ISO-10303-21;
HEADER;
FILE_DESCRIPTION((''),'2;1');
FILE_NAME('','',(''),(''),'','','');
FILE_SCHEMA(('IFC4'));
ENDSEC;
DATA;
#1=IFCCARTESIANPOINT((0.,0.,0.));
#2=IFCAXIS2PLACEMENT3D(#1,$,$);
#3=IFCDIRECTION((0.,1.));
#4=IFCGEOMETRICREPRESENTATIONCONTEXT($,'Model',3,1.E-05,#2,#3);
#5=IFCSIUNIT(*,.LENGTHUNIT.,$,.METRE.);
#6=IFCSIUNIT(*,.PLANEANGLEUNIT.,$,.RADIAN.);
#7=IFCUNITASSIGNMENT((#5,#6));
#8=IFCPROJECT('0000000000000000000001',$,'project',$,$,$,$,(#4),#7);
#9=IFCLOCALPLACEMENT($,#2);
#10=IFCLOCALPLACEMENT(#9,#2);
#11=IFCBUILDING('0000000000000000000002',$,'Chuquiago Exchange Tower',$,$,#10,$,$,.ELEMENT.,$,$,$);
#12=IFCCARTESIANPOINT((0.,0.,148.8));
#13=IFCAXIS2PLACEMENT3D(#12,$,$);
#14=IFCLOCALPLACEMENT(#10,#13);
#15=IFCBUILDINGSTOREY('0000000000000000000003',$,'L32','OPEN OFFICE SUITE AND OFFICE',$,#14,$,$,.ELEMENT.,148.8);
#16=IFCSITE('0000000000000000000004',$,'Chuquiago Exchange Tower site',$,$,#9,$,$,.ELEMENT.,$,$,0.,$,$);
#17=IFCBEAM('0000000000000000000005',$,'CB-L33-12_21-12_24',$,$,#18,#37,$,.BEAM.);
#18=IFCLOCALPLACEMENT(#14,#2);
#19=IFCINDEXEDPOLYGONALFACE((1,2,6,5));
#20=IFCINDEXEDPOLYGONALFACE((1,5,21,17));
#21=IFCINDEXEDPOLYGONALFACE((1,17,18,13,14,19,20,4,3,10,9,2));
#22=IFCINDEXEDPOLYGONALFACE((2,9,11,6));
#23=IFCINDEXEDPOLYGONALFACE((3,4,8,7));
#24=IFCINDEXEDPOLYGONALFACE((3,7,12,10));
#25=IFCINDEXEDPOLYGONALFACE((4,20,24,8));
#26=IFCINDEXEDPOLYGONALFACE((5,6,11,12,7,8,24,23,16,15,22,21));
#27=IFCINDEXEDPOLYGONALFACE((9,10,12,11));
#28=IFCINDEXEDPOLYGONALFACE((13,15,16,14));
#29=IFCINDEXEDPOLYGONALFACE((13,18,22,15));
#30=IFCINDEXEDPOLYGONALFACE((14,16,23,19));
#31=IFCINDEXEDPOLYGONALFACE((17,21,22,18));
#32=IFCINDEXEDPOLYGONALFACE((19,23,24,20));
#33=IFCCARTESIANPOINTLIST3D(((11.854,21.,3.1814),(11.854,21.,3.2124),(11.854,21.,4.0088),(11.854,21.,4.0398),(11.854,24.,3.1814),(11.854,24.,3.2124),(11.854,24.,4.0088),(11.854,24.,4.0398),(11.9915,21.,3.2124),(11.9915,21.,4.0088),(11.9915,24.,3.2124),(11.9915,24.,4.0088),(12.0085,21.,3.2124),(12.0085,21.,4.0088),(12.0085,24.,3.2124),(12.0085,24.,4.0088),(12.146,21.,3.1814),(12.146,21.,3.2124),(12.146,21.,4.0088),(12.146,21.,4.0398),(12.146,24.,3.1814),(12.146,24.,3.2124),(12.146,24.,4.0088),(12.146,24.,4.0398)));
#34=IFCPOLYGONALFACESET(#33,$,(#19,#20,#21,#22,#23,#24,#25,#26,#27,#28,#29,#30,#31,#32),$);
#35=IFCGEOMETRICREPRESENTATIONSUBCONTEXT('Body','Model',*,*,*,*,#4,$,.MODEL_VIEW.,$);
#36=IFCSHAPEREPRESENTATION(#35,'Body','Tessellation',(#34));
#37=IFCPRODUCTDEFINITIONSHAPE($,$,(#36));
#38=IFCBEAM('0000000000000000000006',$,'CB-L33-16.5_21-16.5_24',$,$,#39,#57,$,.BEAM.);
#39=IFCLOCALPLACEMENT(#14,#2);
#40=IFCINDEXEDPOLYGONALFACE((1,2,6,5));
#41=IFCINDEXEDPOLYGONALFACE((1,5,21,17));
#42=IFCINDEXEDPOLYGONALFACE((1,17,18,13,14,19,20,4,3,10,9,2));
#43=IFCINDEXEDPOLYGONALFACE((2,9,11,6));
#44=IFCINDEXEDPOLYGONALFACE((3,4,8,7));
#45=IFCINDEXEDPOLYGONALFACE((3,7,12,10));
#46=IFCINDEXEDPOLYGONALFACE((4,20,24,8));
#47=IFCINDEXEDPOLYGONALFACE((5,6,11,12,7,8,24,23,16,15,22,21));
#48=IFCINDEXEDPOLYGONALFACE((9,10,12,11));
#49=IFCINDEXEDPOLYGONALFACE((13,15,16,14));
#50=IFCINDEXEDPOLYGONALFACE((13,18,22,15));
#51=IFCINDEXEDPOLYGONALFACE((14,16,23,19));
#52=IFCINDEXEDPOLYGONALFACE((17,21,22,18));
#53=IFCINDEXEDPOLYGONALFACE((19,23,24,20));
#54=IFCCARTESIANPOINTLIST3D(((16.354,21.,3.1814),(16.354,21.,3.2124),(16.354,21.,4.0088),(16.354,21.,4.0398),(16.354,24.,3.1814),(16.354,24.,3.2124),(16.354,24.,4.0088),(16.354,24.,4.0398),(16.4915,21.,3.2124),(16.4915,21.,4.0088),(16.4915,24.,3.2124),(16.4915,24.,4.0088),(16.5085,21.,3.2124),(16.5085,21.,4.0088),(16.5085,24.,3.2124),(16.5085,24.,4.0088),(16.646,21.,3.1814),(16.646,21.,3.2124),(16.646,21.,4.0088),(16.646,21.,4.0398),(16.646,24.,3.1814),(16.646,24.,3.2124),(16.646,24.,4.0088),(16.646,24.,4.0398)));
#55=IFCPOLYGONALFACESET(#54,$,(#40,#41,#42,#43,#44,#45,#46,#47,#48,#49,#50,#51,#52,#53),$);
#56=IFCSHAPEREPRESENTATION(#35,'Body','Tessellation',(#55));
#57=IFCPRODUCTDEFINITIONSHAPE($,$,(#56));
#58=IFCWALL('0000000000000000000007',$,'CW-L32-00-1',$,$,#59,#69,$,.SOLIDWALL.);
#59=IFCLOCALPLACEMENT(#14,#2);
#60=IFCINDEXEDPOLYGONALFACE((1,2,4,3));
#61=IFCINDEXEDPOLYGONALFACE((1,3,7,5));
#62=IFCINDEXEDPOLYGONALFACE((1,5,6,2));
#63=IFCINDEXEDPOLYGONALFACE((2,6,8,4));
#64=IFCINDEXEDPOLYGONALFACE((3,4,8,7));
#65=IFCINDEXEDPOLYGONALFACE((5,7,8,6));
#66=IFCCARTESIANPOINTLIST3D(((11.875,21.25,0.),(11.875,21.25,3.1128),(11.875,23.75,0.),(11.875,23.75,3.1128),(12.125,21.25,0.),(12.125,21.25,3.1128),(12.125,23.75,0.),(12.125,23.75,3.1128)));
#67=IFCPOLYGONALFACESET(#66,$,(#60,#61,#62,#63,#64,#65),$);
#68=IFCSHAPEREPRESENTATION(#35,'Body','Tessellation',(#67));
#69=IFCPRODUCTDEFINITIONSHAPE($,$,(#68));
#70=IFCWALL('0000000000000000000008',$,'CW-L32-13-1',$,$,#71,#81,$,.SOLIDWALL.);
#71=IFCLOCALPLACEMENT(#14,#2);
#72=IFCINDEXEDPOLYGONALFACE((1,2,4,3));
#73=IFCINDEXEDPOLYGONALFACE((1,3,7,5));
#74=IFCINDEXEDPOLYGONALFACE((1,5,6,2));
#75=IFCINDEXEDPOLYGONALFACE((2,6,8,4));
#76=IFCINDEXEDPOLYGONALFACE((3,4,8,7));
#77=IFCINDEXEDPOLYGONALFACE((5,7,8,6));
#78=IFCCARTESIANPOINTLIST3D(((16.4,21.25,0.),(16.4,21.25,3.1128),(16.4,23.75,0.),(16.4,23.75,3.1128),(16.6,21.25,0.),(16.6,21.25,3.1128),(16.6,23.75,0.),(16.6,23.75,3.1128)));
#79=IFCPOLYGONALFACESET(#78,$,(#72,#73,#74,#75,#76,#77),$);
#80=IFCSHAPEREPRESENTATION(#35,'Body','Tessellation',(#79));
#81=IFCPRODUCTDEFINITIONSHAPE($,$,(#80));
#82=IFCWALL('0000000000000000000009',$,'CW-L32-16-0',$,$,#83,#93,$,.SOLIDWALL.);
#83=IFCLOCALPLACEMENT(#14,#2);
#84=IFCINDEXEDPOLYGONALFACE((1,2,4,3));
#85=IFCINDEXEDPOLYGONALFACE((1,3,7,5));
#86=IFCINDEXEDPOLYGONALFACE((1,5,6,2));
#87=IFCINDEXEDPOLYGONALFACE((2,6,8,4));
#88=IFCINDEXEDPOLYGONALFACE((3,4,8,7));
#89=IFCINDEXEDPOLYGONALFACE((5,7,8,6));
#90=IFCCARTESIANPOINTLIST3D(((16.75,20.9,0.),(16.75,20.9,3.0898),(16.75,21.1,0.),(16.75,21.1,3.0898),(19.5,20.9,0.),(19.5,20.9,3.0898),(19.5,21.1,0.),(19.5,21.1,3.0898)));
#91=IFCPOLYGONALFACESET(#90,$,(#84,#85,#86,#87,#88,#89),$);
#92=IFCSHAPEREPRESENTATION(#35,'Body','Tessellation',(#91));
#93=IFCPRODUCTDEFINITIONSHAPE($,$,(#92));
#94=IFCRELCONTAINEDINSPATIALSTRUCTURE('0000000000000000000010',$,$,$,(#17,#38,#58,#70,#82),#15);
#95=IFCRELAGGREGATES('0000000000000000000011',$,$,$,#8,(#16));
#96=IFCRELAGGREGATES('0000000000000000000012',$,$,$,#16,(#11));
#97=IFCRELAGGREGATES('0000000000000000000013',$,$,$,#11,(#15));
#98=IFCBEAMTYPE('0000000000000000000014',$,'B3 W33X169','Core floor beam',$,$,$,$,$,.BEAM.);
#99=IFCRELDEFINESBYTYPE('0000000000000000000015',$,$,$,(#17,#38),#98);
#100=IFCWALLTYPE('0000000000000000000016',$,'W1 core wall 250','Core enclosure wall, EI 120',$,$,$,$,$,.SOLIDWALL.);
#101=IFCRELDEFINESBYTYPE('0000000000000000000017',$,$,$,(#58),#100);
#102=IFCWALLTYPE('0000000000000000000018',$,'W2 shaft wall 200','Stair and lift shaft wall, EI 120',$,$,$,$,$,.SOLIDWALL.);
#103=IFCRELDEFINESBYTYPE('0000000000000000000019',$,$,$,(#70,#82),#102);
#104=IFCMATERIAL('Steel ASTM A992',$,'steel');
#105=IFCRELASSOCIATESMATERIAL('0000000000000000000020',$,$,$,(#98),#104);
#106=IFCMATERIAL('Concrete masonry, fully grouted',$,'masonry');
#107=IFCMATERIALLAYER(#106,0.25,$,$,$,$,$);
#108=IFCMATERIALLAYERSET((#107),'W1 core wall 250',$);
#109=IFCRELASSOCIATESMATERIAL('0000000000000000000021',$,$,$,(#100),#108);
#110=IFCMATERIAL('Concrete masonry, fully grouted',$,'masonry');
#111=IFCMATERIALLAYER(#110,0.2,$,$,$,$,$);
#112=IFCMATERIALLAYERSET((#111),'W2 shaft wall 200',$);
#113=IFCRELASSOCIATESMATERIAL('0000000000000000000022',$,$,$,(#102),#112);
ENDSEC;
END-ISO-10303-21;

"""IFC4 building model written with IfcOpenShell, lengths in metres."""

from ifc_helpers import new_model, si_unit, direction, frame, frame_2d, origin, origin_2d, place, context, subcontext, project, spatial, rectangle, i_section, extrude, material, layer, layer_set, material_profile, profile_set, type_object, element, save


model = new_model("IFC4")

# Units and contexts
model_context = context("Model", 3, precision=1e-05, world=origin(), true_north=direction((0.0, 1.0)))
body_context = subcontext(model_context, "Body", "Model", "MODEL_VIEW")
ifc_project = project(units=[si_unit("LENGTHUNIT", "METRE"), si_unit("PLANEANGLEUNIT", "RADIAN")], contexts=[model_context])

# Site, building, storey
site_placement = place(None, origin())
site = spatial("IfcSite", under=ifc_project, at=site_placement, Name="Chuquiago Exchange Tower site", CompositionType="ELEMENT", RefElevation=0.0)
building_placement = place(site_placement, origin())
building = spatial("IfcBuilding", under=site, at=building_placement, Name="Chuquiago Exchange Tower", CompositionType="ELEMENT")
storey_placement = place(building_placement, frame((0.0, 0.0, 148.8)))
storey = spatial("IfcBuildingStorey", under=building, at=storey_placement, Name="L32", Description="OPEN OFFICE SUITE AND OFFICE", CompositionType="ELEMENT", Elevation=148.8)

# Beams
ifc_material_1 = material(Name="Steel ASTM A992", Category="steel")
ifc_material_profile_1 = material_profile(ifc_material_1, i_section(OverallWidth=0.292, OverallDepth=0.8584, WebThickness=0.0171, FlangeThickness=0.031, at=origin_2d()), Name="W33X169")
ifc_profile_set_1 = profile_set([ifc_material_profile_1], Name="Steel ASTM A992")
beam_type_1 = type_object("IfcBeamType", Name="B3 W33X169", Description="Core floor beam", PredefinedType="BEAM", material=ifc_profile_set_1)
for number, where, z_axis, x_axis, name in (
    (1, (12.0, 21.0, 3.6106), (0.0, 1.0, 0.0), (-1.0, 0.0, 0.0), "CB-L33-12_21-12_24"),
    (2, (16.5, 21.0, 3.6106), (0.0, 1.0, 0.0), (-1.0, 0.0, 0.0), "CB-L33-16.5_21-16.5_24"),
):
    element("IfcBeam", number, at=place(storey_placement, frame(where, z_axis=z_axis, x_axis=x_axis)), inside=storey, type_object=beam_type_1, Name=name, PredefinedType="BEAM", context=body_context, shape_type="SweptSolid", body=[
        extrude(i_section(OverallWidth=0.292, OverallDepth=0.8584, WebThickness=0.0171, FlangeThickness=0.031, at=origin_2d()), origin(), (0.0, 0.0, 1.0), 3.0),
    ])

# Walls
ifc_material_2 = material(Name="Concrete masonry, fully grouted", Category="masonry")
ifc_layer_1 = layer(ifc_material_2, 0.25)
ifc_layer_set_1 = layer_set([ifc_layer_1], Name="W1 core wall 250")
wall_type_1 = type_object("IfcWallType", Name="W1 core wall 250", Description="Core enclosure wall, EI 120", PredefinedType="SOLIDWALL", material=ifc_layer_set_1)
wall_1_placement = place(storey_placement, frame((12.0, 21.25, 0.0), z_axis=(0.0, 0.0, 1.0), x_axis=(0.0, 1.0, 0.0)))
element("IfcWall", 3, at=wall_1_placement, inside=storey, type_object=wall_type_1, Name="CW-L32-00-1", PredefinedType="SOLIDWALL", context=body_context, shape_type="SweptSolid", body=[
    extrude(rectangle(XDim=2.5, YDim=0.25, at=frame_2d((1.25, 0.0))), origin(), (0.0, 0.0, 1.0), 3.1128),
])
ifc_material_3 = material(Name="Concrete masonry, fully grouted", Category="masonry")
ifc_layer_2 = layer(ifc_material_3, 0.2)
ifc_layer_set_2 = layer_set([ifc_layer_2], Name="W2 shaft wall 200")
wall_type_2 = type_object("IfcWallType", Name="W2 shaft wall 200", Description="Stair and lift shaft wall, EI 120", PredefinedType="SOLIDWALL", material=ifc_layer_set_2)
wall_2_placement = place(storey_placement, frame((16.5, 21.25, 0.0), z_axis=(0.0, 0.0, 1.0), x_axis=(0.0, 1.0, 0.0)))
element("IfcWall", 4, at=wall_2_placement, inside=storey, type_object=wall_type_2, Name="CW-L32-13-1", PredefinedType="SOLIDWALL", context=body_context, shape_type="SweptSolid", body=[
    extrude(rectangle(XDim=2.5, YDim=0.2, at=frame_2d((1.25, 0.0))), origin(), (0.0, 0.0, 1.0), 3.1128),
])
wall_3_placement = place(storey_placement, frame((16.75, 21.0, 0.0), z_axis=(0.0, 0.0, 1.0), x_axis=(1.0, 0.0, 0.0)))
element("IfcWall", 5, at=wall_3_placement, inside=storey, type_object=wall_type_2, Name="CW-L32-16-0", PredefinedType="SOLIDWALL", context=body_context, shape_type="SweptSolid", body=[
    extrude(rectangle(XDim=2.75, YDim=0.2, at=frame_2d((1.375, 0.0))), origin(), (0.0, 0.0, 1.0), 3.0898),
])

save(model, "model.ifc")
